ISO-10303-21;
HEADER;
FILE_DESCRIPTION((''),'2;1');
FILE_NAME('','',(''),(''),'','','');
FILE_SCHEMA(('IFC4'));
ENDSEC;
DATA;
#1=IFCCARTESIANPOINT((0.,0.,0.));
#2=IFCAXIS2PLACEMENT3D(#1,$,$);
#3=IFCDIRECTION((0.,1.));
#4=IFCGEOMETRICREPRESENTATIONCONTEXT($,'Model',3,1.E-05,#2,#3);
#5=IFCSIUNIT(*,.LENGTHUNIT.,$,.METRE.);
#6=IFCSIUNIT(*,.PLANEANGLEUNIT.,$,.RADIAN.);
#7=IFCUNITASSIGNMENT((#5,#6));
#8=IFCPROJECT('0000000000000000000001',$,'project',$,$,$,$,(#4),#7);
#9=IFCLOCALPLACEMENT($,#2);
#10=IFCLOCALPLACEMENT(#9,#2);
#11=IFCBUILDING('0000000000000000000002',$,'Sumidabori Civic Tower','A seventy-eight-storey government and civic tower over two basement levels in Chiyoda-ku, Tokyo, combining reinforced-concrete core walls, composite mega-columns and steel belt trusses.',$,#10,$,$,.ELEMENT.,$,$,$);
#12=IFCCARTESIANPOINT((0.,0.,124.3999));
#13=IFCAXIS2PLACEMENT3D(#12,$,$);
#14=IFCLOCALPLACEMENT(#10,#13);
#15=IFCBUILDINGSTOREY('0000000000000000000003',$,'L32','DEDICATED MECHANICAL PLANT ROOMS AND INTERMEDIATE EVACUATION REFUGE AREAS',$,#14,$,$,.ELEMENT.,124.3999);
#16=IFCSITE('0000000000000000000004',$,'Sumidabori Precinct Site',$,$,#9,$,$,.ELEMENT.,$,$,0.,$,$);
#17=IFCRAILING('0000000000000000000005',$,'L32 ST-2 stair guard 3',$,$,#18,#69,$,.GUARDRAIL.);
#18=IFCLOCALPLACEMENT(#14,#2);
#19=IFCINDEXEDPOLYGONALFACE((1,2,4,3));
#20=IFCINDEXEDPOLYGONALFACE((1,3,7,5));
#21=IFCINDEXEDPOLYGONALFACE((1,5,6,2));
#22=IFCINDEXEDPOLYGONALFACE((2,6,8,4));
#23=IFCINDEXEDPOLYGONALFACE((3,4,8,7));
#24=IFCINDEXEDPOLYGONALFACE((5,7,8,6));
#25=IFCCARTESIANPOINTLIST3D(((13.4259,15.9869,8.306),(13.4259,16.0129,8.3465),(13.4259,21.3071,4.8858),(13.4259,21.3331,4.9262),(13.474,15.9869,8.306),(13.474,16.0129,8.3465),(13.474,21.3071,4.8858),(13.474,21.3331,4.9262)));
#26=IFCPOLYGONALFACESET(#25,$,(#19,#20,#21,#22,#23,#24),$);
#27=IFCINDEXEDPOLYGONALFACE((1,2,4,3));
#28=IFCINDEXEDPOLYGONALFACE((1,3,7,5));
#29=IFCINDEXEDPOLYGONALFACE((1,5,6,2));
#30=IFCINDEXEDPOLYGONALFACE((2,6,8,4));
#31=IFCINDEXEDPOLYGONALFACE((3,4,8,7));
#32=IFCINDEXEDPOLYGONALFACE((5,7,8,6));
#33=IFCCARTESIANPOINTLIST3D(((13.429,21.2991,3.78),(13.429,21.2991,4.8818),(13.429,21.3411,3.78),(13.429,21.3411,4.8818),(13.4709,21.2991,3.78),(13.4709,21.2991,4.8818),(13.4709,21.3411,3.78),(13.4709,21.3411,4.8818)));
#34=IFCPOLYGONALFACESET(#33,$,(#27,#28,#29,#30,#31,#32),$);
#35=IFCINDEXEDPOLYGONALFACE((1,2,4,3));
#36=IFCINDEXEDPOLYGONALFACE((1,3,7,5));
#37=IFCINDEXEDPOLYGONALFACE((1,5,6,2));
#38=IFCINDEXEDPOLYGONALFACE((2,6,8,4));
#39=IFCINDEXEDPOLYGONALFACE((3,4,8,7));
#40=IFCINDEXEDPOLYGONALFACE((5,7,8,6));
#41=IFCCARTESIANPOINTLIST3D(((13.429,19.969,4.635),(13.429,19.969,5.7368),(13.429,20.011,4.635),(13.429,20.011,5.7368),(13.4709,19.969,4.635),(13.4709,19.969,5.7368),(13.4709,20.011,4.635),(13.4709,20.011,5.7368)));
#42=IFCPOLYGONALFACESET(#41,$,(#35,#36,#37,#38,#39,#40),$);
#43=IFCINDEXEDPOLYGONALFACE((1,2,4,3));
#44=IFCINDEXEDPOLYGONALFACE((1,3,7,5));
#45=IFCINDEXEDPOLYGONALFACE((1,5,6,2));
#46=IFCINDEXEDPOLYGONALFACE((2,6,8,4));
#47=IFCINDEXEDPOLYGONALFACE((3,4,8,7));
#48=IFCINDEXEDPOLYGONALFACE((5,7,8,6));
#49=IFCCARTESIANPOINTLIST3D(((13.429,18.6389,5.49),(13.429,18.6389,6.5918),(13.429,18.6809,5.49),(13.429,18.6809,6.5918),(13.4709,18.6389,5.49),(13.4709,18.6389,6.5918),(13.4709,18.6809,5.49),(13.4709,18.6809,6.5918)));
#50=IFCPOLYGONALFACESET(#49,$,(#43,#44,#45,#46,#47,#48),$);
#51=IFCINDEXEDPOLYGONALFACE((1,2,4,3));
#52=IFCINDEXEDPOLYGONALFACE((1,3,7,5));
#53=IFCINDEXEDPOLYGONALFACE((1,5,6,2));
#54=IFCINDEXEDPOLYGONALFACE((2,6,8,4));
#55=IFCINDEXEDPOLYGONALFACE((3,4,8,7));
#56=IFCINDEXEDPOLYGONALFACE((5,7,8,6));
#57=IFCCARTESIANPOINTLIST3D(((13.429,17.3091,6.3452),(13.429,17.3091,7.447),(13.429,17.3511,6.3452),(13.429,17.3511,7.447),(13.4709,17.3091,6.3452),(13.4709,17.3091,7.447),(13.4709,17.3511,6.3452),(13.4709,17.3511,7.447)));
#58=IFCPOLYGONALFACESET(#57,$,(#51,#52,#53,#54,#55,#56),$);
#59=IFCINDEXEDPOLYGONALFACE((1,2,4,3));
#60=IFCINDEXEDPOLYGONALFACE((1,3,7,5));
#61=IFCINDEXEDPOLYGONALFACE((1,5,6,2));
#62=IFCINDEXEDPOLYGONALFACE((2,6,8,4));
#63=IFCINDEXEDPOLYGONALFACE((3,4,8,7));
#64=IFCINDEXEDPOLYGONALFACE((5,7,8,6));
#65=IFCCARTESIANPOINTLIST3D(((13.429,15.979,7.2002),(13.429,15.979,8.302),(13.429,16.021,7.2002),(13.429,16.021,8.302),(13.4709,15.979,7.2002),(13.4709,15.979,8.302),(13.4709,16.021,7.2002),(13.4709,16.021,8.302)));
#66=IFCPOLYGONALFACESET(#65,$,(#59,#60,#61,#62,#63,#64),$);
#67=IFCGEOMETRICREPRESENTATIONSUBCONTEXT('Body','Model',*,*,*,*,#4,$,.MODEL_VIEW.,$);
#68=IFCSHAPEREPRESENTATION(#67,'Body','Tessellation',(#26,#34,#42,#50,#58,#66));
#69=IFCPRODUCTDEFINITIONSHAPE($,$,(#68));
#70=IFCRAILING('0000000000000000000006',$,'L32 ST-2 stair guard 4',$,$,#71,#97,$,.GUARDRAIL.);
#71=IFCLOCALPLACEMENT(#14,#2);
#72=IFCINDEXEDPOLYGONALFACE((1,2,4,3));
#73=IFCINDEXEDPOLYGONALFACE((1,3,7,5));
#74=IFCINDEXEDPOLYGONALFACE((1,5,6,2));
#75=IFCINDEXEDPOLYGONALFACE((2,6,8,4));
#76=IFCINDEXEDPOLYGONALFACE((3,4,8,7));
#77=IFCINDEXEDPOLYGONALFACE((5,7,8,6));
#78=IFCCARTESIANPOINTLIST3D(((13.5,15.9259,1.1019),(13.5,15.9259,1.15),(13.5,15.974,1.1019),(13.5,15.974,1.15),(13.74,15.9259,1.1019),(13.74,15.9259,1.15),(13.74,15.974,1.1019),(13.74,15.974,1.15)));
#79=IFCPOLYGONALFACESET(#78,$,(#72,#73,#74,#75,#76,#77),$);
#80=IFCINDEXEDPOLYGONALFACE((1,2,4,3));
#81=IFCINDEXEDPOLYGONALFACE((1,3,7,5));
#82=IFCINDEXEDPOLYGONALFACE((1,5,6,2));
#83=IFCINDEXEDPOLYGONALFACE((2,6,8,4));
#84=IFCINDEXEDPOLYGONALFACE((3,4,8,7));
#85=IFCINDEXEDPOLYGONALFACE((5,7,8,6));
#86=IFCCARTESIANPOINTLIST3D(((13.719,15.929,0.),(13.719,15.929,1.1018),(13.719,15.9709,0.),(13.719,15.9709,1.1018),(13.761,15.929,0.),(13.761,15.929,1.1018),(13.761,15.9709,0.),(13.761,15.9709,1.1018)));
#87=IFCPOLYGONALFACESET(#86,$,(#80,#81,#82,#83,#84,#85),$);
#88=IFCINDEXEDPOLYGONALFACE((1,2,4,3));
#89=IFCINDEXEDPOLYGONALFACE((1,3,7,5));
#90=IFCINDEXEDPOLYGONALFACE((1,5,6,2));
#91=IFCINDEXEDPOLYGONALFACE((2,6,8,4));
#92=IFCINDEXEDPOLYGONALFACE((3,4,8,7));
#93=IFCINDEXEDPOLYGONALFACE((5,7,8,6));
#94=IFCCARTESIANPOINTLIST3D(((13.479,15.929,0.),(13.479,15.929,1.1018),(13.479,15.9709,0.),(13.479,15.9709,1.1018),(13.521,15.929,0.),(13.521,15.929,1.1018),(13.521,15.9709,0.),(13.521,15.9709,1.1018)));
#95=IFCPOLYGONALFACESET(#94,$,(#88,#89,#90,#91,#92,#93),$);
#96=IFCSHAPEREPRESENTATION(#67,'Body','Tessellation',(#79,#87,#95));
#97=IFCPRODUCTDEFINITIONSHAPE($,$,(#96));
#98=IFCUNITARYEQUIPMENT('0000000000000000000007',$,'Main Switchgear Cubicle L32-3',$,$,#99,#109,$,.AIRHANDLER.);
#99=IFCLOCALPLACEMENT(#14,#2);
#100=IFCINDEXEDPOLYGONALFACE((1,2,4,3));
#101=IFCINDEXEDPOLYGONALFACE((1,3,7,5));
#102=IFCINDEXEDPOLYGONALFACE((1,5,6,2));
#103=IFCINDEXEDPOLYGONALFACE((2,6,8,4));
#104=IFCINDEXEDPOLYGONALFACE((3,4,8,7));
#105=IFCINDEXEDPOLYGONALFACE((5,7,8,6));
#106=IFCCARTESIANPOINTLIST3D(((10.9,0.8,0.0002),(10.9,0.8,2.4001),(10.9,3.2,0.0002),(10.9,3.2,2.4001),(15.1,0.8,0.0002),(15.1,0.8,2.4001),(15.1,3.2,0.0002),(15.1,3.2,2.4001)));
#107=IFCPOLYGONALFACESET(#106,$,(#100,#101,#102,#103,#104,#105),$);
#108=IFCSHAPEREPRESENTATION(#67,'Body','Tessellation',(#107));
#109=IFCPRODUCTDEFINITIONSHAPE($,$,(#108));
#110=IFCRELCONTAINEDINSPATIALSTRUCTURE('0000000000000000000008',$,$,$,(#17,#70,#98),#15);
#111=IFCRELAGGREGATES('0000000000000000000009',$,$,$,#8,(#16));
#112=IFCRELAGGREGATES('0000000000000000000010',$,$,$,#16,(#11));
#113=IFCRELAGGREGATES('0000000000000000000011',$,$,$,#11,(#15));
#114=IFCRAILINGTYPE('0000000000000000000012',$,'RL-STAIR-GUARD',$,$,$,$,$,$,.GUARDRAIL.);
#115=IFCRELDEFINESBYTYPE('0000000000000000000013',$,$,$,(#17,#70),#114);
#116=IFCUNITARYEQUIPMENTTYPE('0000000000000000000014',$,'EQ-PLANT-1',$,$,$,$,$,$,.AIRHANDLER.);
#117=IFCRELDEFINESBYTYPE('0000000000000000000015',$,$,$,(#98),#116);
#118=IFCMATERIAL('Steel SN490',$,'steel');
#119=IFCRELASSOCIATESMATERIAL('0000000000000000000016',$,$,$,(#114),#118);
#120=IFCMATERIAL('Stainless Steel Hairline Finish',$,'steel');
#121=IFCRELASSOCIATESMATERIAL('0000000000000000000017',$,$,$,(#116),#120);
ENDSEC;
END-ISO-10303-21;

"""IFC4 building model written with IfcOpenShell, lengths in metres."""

from ifc_helpers import new_model, si_unit, direction, frame, origin, origin_2d, place, context, subcontext, project, spatial, rectangle, extrude, source, transform, mapped, material, type_object, element, save


model = new_model("IFC4")

# Units and contexts
model_context = context("Model", 3, precision=1e-05, world=origin(), true_north=direction((0.0, 1.0)))
body_context = subcontext(model_context, "Body", "Model", "MODEL_VIEW")
ifc_project = project(units=[si_unit("LENGTHUNIT", "METRE"), si_unit("PLANEANGLEUNIT", "RADIAN")], contexts=[model_context])

# Site, building, storey
site_placement = place(None, origin())
site = spatial("IfcSite", under=ifc_project, at=site_placement, Name="Sumidabori Precinct Site", CompositionType="ELEMENT", RefElevation=0.0)
building_placement = place(site_placement, origin())
building = spatial("IfcBuilding", under=site, at=building_placement, Name="Sumidabori Civic Tower", Description="A seventy-eight-storey government and civic tower over two basement levels in Chiyoda-ku, Tokyo, combining reinforced-concrete core walls, composite mega-columns and steel belt trusses.", CompositionType="ELEMENT")
storey_placement = place(building_placement, frame((0.0, 0.0, 124.3999)))
storey = spatial("IfcBuildingStorey", under=building, at=storey_placement, Name="L32", Description="DEDICATED MECHANICAL PLANT ROOMS AND INTERMEDIATE EVACUATION REFUGE AREAS", CompositionType="ELEMENT", Elevation=124.3999)

# Shared definitions
ifc_material_1 = material(Name="Steel SN490", Category="steel")

# Shared definitions
ifc_material_2 = material(Name="Stainless Steel Hairline Finish", Category="steel")

# Railings
railing_type_1 = type_object("IfcRailingType", Name="RL-STAIR-GUARD", PredefinedType="GUARDRAIL", material=ifc_material_1)
railing_1_placement = place(storey_placement, frame((13.45, 21.3201, 3.78)))
element("IfcRailing", 1, at=railing_1_placement, inside=storey, type_object=railing_type_1, Name="L32 ST-2 stair guard 3", PredefinedType="GUARDRAIL", context=body_context, shape_type="SweptSolid", body=[
    extrude(rectangle(XDim=0.0481, YDim=0.0481, at=origin_2d()), frame((0.0, 0.0, 1.126), z_axis=(0.0, -0.84117, 0.540771), x_axis=(1.0, 0.0, 0.0)), (0.0, 0.0, 1.0), 6.3247),
    extrude(rectangle(XDim=0.042, YDim=0.042, at=origin_2d()), origin(), (0.0, 0.0, 1.0), 1.1018),
    extrude(rectangle(XDim=0.042, YDim=0.042, at=origin_2d()), frame((0.0, -1.3301, 0.855)), (0.0, 0.0, 1.0), 1.1018),
    extrude(rectangle(XDim=0.042, YDim=0.042, at=origin_2d()), frame((0.0, -2.6602, 1.71)), (0.0, 0.0, 1.0), 1.1018),
    extrude(rectangle(XDim=0.042, YDim=0.042, at=origin_2d()), frame((0.0, -3.99, 2.5652)), (0.0, 0.0, 1.0), 1.1018),
    extrude(rectangle(XDim=0.042, YDim=0.042, at=origin_2d()), frame((0.0, -5.3201, 3.4202)), (0.0, 0.0, 1.0), 1.1018),
])
railing_2_placement = place(storey_placement, frame((13.74, 15.95, 0.0)))
element("IfcRailing", 2, at=railing_2_placement, inside=storey, type_object=railing_type_1, Name="L32 ST-2 stair guard 4", PredefinedType="GUARDRAIL", context=body_context, shape_type="SweptSolid", body=[
    extrude(rectangle(XDim=0.0481, YDim=0.0481, at=origin_2d()), frame((0.0, 0.0, 1.126), z_axis=(-1.0, 0.0, 0.0), x_axis=(0.0, -1.0, 0.0)), (0.0, 0.0, 1.0), 0.24),
    extrude(rectangle(XDim=0.042, YDim=0.042, at=origin_2d()), origin(), (0.0, 0.0, 1.0), 1.1018),
    extrude(rectangle(XDim=0.042, YDim=0.042, at=origin_2d()), frame((-0.24, 0.0, 0.0)), (0.0, 0.0, 1.0), 1.1018),
])

# Unitary equipment
unitary_equipment_type = type_object("IfcUnitaryEquipmentType", Name="EQ-PLANT-1", PredefinedType="AIRHANDLER", material=ifc_material_2)
shared_shape_1 = source(origin(), body_context, "Body", "SweptSolid", [
    extrude(rectangle(XDim=4.2, YDim=2.3999, at=origin_2d()), origin(), (0.0, 0.0, 1.0), 2.3999),
])
unitary_equipment_placement = place(storey_placement, frame((13.0, 2.0, 0.0002), z_axis=(0.0, 0.0, 1.0), x_axis=(1.0, 0.0, 0.0)))
element("IfcUnitaryEquipment", 3, at=unitary_equipment_placement, inside=storey, type_object=unitary_equipment_type, Name="Main Switchgear Cubicle L32-3", PredefinedType="AIRHANDLER", context=body_context, shape_type="MappedRepresentation", body=[
    mapped(shared_shape_1, transform((0.0, 0.0, 0.0), x_axis=(1.0, 0.0, 0.0), y_axis=(0.0, 1.0, 0.0), z_axis=(0.0, 0.0, 1.0), scale=1.0)),
])

save(model, "model.ifc")
